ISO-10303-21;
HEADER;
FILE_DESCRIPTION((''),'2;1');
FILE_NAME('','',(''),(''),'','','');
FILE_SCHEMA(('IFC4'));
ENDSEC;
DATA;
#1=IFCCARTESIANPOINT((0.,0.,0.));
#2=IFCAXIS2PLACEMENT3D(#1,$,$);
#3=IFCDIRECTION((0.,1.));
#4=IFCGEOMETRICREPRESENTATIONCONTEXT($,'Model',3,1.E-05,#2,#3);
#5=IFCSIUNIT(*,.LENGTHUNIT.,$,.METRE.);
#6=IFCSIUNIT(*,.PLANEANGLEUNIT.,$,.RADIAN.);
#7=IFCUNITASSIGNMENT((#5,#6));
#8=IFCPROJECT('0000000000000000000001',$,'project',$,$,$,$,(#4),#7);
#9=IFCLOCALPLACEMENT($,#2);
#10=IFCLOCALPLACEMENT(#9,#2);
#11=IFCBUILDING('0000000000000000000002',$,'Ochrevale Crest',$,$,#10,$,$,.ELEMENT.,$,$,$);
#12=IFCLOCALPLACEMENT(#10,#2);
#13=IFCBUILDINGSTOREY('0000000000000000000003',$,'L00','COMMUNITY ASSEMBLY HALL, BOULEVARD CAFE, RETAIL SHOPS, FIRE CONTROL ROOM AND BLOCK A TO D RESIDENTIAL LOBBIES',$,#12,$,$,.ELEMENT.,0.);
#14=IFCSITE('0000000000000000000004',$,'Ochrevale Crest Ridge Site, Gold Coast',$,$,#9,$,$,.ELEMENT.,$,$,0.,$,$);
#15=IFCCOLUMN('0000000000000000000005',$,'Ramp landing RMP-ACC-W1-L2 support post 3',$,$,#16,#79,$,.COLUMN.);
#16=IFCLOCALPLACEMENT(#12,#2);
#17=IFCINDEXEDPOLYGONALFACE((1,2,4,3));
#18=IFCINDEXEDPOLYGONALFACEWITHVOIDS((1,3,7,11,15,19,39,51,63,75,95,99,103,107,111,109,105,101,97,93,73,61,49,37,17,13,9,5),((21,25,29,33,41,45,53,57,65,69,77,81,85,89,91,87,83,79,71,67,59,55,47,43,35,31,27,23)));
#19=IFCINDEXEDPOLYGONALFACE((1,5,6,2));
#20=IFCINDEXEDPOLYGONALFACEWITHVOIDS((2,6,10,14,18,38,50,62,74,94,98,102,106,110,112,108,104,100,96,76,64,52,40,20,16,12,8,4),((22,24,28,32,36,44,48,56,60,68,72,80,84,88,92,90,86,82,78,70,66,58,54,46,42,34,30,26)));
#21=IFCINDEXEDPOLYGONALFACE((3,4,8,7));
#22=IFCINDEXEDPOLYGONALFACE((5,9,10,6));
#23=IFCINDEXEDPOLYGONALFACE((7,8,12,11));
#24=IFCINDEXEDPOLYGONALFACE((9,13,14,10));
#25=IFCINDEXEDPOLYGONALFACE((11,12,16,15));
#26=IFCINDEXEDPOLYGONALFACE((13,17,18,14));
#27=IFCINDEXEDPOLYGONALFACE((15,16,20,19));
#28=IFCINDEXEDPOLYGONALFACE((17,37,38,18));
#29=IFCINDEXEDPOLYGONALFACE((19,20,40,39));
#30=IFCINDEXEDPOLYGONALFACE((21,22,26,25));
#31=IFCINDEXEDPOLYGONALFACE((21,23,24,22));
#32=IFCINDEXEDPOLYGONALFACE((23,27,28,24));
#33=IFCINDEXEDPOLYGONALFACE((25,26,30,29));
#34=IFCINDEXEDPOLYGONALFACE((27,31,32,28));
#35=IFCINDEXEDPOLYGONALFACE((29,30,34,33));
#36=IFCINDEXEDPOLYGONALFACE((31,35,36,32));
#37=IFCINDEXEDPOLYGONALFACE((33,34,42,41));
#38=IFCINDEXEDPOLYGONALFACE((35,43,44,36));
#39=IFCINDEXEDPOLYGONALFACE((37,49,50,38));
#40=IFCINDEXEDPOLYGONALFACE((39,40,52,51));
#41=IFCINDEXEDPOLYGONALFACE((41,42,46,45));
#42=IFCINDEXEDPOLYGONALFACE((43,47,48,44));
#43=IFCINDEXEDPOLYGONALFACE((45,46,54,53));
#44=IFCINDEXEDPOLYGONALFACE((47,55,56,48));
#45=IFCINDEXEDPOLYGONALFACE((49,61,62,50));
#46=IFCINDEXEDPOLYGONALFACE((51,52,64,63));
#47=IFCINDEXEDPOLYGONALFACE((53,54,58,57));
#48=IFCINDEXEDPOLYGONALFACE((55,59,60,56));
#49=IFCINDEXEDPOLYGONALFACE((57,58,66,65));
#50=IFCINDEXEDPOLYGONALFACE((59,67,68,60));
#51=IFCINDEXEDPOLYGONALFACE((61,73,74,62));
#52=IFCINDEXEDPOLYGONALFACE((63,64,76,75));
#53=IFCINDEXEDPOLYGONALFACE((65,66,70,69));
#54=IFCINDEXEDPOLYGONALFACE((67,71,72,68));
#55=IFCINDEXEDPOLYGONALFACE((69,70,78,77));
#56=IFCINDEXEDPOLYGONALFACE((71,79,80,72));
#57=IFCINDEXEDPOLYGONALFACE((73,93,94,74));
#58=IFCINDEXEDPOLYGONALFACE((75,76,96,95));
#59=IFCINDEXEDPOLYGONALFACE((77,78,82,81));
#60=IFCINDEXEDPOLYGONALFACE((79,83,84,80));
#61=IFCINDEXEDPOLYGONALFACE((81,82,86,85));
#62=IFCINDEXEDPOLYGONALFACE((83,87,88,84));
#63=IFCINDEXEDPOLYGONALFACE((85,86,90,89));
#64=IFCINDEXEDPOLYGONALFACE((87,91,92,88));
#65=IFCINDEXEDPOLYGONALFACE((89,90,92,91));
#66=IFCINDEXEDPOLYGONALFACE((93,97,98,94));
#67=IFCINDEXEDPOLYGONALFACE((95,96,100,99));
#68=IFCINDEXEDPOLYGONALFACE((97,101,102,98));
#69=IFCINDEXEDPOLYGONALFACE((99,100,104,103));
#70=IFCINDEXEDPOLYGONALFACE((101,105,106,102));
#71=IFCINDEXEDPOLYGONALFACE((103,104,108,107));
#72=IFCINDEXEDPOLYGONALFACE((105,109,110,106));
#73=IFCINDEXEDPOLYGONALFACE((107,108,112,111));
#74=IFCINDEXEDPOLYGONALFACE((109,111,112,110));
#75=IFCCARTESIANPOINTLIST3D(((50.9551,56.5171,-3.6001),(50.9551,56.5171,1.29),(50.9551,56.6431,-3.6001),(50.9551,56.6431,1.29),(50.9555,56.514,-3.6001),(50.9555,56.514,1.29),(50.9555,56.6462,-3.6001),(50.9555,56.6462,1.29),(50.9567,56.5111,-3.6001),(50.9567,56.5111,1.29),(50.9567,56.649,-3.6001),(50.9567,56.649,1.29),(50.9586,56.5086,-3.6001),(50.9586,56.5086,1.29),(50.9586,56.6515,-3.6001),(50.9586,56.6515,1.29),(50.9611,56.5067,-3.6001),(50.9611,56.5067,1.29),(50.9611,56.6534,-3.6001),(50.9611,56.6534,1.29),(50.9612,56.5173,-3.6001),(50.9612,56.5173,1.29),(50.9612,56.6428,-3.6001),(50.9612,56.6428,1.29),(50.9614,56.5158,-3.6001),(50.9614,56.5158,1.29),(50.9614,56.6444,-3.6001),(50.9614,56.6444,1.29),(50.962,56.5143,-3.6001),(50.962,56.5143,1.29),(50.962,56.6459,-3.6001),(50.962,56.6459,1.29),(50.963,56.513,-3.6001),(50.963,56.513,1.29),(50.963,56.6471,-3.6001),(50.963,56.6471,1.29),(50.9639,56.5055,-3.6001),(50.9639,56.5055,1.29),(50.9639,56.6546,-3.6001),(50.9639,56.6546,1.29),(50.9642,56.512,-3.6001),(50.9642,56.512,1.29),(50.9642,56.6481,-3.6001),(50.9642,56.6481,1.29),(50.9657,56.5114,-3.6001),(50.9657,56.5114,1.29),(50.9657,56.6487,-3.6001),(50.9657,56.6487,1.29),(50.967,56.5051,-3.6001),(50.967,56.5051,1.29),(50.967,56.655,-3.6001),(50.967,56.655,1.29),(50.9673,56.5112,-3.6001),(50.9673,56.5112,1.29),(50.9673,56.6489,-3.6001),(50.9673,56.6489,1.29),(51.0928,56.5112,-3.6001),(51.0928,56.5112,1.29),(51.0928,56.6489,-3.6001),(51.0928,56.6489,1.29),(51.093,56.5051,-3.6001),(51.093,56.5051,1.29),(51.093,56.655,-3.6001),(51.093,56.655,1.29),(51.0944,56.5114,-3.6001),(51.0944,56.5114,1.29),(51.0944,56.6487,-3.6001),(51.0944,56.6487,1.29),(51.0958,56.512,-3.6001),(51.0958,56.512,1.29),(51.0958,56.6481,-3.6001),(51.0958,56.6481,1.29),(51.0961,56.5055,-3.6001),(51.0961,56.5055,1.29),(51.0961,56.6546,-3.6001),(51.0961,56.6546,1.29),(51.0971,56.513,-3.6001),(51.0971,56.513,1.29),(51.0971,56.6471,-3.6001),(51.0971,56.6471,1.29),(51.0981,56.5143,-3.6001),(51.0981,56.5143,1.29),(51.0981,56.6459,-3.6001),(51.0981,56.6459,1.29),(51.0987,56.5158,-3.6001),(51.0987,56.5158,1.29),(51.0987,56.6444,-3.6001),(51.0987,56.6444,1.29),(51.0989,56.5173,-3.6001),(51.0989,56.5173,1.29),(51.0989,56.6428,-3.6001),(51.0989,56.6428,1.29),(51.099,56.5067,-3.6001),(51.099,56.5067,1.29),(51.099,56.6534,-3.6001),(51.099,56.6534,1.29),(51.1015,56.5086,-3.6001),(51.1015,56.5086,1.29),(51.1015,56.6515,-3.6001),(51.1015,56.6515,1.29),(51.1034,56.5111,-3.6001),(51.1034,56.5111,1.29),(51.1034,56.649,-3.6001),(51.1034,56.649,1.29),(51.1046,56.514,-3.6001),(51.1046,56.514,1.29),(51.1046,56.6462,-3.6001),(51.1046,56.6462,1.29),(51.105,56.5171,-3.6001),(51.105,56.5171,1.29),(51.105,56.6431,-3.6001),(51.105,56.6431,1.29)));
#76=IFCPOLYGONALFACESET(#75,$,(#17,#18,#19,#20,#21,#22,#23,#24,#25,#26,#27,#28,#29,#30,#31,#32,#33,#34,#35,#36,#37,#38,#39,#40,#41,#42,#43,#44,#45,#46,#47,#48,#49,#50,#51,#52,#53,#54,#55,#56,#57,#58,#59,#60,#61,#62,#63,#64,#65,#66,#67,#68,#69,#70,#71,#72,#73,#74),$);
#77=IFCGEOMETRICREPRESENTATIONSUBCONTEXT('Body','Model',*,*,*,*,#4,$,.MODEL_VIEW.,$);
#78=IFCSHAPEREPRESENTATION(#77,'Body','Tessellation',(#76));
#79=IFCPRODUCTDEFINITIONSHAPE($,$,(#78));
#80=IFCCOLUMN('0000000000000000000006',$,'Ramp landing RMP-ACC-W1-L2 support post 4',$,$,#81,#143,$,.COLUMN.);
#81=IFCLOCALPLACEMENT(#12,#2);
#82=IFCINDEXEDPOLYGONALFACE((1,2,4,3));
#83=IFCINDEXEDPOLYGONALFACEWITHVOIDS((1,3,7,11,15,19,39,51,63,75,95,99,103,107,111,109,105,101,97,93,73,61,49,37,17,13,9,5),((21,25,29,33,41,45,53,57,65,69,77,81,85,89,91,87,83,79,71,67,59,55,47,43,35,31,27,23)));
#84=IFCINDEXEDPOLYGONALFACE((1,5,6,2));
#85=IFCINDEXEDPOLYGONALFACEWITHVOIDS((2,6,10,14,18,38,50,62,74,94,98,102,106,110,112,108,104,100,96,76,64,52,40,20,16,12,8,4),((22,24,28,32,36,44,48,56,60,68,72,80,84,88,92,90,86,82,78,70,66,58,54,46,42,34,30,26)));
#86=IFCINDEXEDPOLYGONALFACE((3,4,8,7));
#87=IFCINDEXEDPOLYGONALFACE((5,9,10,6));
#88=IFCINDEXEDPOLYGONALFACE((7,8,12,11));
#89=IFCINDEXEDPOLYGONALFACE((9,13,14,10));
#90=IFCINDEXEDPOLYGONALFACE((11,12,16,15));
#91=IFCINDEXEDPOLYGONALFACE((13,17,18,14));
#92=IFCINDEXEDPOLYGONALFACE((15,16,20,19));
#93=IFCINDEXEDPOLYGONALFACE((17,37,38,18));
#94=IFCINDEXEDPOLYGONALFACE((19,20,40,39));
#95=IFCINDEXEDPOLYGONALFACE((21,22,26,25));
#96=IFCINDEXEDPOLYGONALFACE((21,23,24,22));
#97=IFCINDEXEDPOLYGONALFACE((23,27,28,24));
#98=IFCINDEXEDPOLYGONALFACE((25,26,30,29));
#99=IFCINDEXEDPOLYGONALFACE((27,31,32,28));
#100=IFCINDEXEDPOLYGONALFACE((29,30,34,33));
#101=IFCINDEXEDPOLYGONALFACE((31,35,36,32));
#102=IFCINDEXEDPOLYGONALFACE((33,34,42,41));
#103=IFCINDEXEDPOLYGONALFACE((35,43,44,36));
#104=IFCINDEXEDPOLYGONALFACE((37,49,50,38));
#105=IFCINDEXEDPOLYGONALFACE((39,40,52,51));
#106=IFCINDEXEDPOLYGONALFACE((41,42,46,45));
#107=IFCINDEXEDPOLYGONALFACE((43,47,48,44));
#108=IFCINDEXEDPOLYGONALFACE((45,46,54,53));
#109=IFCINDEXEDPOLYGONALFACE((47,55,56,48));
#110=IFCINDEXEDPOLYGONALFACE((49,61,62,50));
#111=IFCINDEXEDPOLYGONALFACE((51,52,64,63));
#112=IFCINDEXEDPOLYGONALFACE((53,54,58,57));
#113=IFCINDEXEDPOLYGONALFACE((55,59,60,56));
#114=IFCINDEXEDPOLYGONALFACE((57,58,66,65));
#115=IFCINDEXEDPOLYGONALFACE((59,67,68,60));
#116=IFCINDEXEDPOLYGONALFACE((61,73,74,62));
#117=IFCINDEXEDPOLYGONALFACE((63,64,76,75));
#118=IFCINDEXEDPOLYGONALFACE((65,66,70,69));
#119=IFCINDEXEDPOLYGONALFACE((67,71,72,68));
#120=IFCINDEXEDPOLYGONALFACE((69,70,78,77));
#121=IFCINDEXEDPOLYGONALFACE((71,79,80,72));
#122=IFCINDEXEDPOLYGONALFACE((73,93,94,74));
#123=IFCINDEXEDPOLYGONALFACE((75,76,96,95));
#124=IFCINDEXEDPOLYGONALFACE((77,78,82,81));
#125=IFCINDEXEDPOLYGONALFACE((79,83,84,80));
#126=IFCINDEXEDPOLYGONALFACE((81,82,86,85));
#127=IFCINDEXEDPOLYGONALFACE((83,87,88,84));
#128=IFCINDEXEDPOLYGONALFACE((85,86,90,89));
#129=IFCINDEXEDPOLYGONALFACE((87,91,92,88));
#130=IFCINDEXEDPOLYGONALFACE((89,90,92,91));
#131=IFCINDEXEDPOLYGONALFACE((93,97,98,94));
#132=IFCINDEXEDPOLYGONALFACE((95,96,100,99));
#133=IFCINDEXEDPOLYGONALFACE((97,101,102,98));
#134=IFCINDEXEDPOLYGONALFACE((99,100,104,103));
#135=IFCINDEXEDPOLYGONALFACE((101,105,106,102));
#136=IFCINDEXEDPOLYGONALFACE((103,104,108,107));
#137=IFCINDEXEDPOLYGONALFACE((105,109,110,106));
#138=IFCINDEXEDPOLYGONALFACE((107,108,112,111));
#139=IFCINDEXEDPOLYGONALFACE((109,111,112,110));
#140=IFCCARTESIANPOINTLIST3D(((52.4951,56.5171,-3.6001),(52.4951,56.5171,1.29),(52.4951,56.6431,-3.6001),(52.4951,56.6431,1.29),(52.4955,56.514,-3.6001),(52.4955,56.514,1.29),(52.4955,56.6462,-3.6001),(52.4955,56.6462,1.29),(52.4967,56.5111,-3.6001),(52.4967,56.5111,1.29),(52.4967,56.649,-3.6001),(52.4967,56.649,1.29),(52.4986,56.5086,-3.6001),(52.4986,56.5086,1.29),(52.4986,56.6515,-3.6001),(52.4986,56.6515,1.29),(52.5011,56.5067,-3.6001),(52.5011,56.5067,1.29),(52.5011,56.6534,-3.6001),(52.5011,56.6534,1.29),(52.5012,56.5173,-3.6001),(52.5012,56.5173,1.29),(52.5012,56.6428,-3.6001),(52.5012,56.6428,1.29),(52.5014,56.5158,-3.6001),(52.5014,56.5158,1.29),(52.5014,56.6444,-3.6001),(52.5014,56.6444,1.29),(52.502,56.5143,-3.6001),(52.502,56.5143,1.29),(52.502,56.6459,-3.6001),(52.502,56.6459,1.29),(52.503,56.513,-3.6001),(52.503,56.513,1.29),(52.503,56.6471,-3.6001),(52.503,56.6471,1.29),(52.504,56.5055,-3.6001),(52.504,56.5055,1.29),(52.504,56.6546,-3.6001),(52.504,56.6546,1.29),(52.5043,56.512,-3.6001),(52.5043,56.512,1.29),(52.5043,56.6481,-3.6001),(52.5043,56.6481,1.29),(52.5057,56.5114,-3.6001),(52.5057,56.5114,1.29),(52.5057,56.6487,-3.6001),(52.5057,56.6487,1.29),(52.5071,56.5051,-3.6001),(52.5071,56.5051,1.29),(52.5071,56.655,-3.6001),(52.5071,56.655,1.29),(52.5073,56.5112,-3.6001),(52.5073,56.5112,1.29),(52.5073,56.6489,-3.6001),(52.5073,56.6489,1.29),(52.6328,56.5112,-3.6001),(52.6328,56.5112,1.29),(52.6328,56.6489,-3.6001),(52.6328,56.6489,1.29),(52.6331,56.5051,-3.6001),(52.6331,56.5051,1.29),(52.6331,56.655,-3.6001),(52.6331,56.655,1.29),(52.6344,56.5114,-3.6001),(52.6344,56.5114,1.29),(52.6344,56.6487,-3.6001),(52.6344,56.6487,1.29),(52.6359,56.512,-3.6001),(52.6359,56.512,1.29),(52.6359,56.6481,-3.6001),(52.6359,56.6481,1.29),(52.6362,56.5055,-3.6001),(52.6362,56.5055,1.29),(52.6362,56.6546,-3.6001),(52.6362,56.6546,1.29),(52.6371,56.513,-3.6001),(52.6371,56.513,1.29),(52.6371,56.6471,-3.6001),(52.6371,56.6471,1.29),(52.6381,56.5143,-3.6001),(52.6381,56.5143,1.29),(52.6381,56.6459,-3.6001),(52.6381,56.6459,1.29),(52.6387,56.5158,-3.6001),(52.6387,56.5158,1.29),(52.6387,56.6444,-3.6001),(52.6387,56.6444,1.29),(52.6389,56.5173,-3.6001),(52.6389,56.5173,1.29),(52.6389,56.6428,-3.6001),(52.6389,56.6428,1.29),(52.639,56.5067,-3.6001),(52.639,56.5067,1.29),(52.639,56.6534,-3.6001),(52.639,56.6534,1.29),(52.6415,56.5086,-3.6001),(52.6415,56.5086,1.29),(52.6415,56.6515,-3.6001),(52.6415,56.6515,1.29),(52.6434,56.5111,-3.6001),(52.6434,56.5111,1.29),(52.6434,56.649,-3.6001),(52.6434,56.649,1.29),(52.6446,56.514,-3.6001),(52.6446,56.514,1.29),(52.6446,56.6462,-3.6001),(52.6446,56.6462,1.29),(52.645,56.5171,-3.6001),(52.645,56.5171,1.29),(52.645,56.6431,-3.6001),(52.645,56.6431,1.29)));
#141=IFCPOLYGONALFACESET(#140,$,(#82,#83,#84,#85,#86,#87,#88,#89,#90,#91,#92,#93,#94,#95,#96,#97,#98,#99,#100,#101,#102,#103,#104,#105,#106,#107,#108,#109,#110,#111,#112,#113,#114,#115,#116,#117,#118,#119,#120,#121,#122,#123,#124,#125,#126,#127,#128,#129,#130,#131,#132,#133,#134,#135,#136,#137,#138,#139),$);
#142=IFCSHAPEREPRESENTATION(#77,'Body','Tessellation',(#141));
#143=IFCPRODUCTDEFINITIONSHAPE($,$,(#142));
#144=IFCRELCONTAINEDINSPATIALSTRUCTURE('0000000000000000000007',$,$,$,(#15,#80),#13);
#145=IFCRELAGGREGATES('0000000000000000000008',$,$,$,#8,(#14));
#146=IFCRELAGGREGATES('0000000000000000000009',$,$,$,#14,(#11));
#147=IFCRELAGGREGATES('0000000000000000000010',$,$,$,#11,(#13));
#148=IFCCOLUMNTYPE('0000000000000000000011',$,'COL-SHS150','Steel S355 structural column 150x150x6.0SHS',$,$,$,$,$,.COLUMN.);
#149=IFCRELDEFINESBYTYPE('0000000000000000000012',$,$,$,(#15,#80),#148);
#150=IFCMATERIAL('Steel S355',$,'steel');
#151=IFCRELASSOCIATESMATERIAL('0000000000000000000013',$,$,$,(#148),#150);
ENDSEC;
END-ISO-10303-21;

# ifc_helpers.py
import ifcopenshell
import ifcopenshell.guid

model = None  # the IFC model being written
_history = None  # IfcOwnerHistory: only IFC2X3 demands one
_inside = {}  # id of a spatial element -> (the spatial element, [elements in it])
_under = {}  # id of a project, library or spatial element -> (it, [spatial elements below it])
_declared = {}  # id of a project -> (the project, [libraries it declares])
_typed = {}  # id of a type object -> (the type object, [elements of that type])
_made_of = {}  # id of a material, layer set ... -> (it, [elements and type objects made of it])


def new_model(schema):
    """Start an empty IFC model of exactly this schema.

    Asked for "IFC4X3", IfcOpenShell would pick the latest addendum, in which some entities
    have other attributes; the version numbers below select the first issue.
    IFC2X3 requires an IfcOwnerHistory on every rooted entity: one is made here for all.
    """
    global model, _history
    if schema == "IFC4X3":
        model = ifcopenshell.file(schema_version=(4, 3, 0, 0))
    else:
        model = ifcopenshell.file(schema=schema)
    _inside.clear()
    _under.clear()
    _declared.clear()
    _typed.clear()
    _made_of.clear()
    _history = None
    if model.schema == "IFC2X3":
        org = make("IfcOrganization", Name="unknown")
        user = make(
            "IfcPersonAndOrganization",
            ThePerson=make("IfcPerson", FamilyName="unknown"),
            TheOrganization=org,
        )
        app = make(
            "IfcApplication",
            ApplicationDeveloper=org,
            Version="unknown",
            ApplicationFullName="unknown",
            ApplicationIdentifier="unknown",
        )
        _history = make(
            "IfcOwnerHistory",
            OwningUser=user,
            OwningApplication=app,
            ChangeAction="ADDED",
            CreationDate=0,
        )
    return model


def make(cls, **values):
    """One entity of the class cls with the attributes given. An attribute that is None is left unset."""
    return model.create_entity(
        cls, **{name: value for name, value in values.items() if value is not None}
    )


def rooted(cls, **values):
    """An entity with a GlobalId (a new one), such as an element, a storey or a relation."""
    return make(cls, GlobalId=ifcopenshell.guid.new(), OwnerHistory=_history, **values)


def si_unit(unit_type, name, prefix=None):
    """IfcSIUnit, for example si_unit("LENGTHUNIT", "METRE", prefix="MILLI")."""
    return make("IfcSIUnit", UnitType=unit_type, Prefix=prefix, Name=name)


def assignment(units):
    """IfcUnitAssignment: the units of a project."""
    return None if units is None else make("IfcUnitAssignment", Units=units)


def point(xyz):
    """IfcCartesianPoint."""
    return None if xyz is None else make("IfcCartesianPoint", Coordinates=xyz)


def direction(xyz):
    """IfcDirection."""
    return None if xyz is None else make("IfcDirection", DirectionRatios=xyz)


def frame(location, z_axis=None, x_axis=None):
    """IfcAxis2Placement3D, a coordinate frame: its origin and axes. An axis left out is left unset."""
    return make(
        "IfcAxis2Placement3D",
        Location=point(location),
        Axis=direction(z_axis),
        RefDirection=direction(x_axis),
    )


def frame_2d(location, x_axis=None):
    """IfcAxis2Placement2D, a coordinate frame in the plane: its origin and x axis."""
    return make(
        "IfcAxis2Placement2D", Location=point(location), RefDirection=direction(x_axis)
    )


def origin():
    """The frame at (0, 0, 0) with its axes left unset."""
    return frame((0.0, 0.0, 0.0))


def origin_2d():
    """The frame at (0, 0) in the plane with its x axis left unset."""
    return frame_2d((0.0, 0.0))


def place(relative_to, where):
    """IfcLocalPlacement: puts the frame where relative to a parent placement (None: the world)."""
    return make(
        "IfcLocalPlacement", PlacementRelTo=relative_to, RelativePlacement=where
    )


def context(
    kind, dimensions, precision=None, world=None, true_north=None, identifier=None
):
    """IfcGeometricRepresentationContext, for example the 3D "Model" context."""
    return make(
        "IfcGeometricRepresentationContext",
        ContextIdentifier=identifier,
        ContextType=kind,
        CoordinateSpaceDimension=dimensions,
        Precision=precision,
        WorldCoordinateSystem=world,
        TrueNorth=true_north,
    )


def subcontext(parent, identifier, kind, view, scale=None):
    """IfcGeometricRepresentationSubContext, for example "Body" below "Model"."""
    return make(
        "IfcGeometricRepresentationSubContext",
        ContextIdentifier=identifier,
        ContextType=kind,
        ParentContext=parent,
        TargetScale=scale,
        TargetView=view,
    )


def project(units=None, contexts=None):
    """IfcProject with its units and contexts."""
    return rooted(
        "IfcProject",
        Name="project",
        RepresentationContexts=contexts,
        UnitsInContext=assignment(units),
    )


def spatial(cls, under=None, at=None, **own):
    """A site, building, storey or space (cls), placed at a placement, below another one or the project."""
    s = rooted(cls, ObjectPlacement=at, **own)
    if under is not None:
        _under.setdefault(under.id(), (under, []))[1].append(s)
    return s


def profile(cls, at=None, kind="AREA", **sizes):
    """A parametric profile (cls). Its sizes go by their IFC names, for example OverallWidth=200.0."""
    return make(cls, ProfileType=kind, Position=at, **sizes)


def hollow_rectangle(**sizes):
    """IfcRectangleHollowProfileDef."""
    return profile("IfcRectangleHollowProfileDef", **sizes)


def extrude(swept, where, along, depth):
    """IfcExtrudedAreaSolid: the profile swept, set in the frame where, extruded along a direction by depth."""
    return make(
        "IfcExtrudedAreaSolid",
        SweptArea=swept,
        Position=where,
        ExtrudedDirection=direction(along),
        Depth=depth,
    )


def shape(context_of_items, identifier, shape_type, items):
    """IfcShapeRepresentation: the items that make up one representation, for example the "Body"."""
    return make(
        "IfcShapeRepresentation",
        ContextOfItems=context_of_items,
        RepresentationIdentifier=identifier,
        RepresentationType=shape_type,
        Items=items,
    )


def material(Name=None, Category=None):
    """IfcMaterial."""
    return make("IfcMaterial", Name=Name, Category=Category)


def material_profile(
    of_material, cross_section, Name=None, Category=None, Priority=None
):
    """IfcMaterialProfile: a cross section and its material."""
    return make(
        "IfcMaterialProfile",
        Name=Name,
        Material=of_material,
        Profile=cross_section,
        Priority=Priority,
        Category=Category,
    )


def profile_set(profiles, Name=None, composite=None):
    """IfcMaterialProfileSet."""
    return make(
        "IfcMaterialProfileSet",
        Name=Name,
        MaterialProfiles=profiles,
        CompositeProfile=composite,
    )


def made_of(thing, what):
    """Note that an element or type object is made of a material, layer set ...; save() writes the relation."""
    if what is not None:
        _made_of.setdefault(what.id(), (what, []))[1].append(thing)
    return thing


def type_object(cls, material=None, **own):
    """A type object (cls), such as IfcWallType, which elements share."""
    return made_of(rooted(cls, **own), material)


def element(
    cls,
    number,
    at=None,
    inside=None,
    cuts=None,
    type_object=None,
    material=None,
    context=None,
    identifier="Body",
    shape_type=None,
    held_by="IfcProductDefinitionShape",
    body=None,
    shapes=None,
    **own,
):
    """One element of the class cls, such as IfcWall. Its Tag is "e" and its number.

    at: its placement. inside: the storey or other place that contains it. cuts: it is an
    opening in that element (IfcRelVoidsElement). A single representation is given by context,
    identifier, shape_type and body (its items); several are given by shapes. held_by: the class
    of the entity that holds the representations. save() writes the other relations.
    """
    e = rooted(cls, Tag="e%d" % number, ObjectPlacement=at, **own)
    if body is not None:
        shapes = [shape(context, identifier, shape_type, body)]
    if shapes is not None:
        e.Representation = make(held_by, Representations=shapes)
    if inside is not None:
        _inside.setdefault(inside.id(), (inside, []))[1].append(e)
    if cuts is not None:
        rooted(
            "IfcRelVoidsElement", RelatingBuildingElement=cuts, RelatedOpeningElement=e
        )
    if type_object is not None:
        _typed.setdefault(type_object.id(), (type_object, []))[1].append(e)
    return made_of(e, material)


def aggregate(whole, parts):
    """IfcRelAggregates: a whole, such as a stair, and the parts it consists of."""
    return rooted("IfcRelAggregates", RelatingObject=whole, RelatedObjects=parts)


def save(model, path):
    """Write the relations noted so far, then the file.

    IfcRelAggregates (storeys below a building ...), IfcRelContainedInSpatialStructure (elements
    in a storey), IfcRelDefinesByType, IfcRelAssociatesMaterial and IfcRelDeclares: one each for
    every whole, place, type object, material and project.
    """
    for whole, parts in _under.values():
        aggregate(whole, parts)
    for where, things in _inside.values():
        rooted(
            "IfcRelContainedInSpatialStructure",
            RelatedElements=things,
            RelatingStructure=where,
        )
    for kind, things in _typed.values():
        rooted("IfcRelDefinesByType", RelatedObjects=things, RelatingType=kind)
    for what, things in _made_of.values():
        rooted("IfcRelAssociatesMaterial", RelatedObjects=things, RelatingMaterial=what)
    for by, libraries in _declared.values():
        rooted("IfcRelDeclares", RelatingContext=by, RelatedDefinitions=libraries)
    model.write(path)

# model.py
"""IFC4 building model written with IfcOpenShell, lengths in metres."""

from ifc_helpers import new_model, si_unit, direction, frame, origin, origin_2d, place, context, subcontext, project, spatial, hollow_rectangle, extrude, material, material_profile, profile_set, type_object, element, save


model = new_model("IFC4")

# Units and contexts
model_context = context("Model", 3, precision=1e-05, world=origin(), true_north=direction((0.0, 1.0)))
body_context = subcontext(model_context, "Body", "Model", "MODEL_VIEW")
ifc_project = project(units=[si_unit("LENGTHUNIT", "METRE"), si_unit("PLANEANGLEUNIT", "RADIAN")], contexts=[model_context])

# Site, building, storey
site_placement = place(None, origin())
site = spatial("IfcSite", under=ifc_project, at=site_placement, Name="Ochrevale Crest Ridge Site, Gold Coast", CompositionType="ELEMENT", RefElevation=0.0)
building_placement = place(site_placement, origin())
building = spatial("IfcBuilding", under=site, at=building_placement, Name="Ochrevale Crest", CompositionType="ELEMENT")
storey_placement = place(building_placement, origin())
storey = spatial("IfcBuildingStorey", under=building, at=storey_placement, Name="L00", Description="COMMUNITY ASSEMBLY HALL, BOULEVARD CAFE, RETAIL SHOPS, FIRE CONTROL ROOM AND BLOCK A TO D RESIDENTIAL LOBBIES", CompositionType="ELEMENT", Elevation=0.0)

# Columns
ifc_material_1 = material(Name="Steel S355", Category="steel")
ifc_material_profile_1 = material_profile(ifc_material_1, hollow_rectangle(XDim=0.1499, YDim=0.1499, WallThickness=0.0061, InnerFilletRadius=0.0061, OuterFilletRadius=0.012, at=origin_2d()), Name="150x150x6.0SHS")
ifc_profile_set_1 = profile_set([ifc_material_profile_1], Name="Steel S355")
column_type_1 = type_object("IfcColumnType", Name="COL-SHS150", Description="Steel S355 structural column 150x150x6.0SHS", PredefinedType="COLUMN", material=ifc_profile_set_1)
for number, where, z_axis, x_axis, name in (
    (1, (51.03, 56.5801, -3.6001), (0.0, 0.0, 1.0), (1.0, 0.0, 0.0), "Ramp landing RMP-ACC-W1-L2 support post 3"),
    (2, (52.5701, 56.5801, -3.6001), (0.0, 0.0, 1.0), (1.0, 0.0, 0.0), "Ramp landing RMP-ACC-W1-L2 support post 4"),
):
    element("IfcColumn", number, at=place(storey_placement, frame(where, z_axis=z_axis, x_axis=x_axis)), inside=storey, type_object=column_type_1, Name=name, PredefinedType="COLUMN", context=body_context, shape_type="SweptSolid", body=[
        extrude(hollow_rectangle(XDim=0.1499, YDim=0.1499, WallThickness=0.0061, InnerFilletRadius=0.0061, OuterFilletRadius=0.012, at=origin_2d()), origin(), (0.0, 0.0, 1.0), 4.8901),
    ])

save(model, "model.ifc")
